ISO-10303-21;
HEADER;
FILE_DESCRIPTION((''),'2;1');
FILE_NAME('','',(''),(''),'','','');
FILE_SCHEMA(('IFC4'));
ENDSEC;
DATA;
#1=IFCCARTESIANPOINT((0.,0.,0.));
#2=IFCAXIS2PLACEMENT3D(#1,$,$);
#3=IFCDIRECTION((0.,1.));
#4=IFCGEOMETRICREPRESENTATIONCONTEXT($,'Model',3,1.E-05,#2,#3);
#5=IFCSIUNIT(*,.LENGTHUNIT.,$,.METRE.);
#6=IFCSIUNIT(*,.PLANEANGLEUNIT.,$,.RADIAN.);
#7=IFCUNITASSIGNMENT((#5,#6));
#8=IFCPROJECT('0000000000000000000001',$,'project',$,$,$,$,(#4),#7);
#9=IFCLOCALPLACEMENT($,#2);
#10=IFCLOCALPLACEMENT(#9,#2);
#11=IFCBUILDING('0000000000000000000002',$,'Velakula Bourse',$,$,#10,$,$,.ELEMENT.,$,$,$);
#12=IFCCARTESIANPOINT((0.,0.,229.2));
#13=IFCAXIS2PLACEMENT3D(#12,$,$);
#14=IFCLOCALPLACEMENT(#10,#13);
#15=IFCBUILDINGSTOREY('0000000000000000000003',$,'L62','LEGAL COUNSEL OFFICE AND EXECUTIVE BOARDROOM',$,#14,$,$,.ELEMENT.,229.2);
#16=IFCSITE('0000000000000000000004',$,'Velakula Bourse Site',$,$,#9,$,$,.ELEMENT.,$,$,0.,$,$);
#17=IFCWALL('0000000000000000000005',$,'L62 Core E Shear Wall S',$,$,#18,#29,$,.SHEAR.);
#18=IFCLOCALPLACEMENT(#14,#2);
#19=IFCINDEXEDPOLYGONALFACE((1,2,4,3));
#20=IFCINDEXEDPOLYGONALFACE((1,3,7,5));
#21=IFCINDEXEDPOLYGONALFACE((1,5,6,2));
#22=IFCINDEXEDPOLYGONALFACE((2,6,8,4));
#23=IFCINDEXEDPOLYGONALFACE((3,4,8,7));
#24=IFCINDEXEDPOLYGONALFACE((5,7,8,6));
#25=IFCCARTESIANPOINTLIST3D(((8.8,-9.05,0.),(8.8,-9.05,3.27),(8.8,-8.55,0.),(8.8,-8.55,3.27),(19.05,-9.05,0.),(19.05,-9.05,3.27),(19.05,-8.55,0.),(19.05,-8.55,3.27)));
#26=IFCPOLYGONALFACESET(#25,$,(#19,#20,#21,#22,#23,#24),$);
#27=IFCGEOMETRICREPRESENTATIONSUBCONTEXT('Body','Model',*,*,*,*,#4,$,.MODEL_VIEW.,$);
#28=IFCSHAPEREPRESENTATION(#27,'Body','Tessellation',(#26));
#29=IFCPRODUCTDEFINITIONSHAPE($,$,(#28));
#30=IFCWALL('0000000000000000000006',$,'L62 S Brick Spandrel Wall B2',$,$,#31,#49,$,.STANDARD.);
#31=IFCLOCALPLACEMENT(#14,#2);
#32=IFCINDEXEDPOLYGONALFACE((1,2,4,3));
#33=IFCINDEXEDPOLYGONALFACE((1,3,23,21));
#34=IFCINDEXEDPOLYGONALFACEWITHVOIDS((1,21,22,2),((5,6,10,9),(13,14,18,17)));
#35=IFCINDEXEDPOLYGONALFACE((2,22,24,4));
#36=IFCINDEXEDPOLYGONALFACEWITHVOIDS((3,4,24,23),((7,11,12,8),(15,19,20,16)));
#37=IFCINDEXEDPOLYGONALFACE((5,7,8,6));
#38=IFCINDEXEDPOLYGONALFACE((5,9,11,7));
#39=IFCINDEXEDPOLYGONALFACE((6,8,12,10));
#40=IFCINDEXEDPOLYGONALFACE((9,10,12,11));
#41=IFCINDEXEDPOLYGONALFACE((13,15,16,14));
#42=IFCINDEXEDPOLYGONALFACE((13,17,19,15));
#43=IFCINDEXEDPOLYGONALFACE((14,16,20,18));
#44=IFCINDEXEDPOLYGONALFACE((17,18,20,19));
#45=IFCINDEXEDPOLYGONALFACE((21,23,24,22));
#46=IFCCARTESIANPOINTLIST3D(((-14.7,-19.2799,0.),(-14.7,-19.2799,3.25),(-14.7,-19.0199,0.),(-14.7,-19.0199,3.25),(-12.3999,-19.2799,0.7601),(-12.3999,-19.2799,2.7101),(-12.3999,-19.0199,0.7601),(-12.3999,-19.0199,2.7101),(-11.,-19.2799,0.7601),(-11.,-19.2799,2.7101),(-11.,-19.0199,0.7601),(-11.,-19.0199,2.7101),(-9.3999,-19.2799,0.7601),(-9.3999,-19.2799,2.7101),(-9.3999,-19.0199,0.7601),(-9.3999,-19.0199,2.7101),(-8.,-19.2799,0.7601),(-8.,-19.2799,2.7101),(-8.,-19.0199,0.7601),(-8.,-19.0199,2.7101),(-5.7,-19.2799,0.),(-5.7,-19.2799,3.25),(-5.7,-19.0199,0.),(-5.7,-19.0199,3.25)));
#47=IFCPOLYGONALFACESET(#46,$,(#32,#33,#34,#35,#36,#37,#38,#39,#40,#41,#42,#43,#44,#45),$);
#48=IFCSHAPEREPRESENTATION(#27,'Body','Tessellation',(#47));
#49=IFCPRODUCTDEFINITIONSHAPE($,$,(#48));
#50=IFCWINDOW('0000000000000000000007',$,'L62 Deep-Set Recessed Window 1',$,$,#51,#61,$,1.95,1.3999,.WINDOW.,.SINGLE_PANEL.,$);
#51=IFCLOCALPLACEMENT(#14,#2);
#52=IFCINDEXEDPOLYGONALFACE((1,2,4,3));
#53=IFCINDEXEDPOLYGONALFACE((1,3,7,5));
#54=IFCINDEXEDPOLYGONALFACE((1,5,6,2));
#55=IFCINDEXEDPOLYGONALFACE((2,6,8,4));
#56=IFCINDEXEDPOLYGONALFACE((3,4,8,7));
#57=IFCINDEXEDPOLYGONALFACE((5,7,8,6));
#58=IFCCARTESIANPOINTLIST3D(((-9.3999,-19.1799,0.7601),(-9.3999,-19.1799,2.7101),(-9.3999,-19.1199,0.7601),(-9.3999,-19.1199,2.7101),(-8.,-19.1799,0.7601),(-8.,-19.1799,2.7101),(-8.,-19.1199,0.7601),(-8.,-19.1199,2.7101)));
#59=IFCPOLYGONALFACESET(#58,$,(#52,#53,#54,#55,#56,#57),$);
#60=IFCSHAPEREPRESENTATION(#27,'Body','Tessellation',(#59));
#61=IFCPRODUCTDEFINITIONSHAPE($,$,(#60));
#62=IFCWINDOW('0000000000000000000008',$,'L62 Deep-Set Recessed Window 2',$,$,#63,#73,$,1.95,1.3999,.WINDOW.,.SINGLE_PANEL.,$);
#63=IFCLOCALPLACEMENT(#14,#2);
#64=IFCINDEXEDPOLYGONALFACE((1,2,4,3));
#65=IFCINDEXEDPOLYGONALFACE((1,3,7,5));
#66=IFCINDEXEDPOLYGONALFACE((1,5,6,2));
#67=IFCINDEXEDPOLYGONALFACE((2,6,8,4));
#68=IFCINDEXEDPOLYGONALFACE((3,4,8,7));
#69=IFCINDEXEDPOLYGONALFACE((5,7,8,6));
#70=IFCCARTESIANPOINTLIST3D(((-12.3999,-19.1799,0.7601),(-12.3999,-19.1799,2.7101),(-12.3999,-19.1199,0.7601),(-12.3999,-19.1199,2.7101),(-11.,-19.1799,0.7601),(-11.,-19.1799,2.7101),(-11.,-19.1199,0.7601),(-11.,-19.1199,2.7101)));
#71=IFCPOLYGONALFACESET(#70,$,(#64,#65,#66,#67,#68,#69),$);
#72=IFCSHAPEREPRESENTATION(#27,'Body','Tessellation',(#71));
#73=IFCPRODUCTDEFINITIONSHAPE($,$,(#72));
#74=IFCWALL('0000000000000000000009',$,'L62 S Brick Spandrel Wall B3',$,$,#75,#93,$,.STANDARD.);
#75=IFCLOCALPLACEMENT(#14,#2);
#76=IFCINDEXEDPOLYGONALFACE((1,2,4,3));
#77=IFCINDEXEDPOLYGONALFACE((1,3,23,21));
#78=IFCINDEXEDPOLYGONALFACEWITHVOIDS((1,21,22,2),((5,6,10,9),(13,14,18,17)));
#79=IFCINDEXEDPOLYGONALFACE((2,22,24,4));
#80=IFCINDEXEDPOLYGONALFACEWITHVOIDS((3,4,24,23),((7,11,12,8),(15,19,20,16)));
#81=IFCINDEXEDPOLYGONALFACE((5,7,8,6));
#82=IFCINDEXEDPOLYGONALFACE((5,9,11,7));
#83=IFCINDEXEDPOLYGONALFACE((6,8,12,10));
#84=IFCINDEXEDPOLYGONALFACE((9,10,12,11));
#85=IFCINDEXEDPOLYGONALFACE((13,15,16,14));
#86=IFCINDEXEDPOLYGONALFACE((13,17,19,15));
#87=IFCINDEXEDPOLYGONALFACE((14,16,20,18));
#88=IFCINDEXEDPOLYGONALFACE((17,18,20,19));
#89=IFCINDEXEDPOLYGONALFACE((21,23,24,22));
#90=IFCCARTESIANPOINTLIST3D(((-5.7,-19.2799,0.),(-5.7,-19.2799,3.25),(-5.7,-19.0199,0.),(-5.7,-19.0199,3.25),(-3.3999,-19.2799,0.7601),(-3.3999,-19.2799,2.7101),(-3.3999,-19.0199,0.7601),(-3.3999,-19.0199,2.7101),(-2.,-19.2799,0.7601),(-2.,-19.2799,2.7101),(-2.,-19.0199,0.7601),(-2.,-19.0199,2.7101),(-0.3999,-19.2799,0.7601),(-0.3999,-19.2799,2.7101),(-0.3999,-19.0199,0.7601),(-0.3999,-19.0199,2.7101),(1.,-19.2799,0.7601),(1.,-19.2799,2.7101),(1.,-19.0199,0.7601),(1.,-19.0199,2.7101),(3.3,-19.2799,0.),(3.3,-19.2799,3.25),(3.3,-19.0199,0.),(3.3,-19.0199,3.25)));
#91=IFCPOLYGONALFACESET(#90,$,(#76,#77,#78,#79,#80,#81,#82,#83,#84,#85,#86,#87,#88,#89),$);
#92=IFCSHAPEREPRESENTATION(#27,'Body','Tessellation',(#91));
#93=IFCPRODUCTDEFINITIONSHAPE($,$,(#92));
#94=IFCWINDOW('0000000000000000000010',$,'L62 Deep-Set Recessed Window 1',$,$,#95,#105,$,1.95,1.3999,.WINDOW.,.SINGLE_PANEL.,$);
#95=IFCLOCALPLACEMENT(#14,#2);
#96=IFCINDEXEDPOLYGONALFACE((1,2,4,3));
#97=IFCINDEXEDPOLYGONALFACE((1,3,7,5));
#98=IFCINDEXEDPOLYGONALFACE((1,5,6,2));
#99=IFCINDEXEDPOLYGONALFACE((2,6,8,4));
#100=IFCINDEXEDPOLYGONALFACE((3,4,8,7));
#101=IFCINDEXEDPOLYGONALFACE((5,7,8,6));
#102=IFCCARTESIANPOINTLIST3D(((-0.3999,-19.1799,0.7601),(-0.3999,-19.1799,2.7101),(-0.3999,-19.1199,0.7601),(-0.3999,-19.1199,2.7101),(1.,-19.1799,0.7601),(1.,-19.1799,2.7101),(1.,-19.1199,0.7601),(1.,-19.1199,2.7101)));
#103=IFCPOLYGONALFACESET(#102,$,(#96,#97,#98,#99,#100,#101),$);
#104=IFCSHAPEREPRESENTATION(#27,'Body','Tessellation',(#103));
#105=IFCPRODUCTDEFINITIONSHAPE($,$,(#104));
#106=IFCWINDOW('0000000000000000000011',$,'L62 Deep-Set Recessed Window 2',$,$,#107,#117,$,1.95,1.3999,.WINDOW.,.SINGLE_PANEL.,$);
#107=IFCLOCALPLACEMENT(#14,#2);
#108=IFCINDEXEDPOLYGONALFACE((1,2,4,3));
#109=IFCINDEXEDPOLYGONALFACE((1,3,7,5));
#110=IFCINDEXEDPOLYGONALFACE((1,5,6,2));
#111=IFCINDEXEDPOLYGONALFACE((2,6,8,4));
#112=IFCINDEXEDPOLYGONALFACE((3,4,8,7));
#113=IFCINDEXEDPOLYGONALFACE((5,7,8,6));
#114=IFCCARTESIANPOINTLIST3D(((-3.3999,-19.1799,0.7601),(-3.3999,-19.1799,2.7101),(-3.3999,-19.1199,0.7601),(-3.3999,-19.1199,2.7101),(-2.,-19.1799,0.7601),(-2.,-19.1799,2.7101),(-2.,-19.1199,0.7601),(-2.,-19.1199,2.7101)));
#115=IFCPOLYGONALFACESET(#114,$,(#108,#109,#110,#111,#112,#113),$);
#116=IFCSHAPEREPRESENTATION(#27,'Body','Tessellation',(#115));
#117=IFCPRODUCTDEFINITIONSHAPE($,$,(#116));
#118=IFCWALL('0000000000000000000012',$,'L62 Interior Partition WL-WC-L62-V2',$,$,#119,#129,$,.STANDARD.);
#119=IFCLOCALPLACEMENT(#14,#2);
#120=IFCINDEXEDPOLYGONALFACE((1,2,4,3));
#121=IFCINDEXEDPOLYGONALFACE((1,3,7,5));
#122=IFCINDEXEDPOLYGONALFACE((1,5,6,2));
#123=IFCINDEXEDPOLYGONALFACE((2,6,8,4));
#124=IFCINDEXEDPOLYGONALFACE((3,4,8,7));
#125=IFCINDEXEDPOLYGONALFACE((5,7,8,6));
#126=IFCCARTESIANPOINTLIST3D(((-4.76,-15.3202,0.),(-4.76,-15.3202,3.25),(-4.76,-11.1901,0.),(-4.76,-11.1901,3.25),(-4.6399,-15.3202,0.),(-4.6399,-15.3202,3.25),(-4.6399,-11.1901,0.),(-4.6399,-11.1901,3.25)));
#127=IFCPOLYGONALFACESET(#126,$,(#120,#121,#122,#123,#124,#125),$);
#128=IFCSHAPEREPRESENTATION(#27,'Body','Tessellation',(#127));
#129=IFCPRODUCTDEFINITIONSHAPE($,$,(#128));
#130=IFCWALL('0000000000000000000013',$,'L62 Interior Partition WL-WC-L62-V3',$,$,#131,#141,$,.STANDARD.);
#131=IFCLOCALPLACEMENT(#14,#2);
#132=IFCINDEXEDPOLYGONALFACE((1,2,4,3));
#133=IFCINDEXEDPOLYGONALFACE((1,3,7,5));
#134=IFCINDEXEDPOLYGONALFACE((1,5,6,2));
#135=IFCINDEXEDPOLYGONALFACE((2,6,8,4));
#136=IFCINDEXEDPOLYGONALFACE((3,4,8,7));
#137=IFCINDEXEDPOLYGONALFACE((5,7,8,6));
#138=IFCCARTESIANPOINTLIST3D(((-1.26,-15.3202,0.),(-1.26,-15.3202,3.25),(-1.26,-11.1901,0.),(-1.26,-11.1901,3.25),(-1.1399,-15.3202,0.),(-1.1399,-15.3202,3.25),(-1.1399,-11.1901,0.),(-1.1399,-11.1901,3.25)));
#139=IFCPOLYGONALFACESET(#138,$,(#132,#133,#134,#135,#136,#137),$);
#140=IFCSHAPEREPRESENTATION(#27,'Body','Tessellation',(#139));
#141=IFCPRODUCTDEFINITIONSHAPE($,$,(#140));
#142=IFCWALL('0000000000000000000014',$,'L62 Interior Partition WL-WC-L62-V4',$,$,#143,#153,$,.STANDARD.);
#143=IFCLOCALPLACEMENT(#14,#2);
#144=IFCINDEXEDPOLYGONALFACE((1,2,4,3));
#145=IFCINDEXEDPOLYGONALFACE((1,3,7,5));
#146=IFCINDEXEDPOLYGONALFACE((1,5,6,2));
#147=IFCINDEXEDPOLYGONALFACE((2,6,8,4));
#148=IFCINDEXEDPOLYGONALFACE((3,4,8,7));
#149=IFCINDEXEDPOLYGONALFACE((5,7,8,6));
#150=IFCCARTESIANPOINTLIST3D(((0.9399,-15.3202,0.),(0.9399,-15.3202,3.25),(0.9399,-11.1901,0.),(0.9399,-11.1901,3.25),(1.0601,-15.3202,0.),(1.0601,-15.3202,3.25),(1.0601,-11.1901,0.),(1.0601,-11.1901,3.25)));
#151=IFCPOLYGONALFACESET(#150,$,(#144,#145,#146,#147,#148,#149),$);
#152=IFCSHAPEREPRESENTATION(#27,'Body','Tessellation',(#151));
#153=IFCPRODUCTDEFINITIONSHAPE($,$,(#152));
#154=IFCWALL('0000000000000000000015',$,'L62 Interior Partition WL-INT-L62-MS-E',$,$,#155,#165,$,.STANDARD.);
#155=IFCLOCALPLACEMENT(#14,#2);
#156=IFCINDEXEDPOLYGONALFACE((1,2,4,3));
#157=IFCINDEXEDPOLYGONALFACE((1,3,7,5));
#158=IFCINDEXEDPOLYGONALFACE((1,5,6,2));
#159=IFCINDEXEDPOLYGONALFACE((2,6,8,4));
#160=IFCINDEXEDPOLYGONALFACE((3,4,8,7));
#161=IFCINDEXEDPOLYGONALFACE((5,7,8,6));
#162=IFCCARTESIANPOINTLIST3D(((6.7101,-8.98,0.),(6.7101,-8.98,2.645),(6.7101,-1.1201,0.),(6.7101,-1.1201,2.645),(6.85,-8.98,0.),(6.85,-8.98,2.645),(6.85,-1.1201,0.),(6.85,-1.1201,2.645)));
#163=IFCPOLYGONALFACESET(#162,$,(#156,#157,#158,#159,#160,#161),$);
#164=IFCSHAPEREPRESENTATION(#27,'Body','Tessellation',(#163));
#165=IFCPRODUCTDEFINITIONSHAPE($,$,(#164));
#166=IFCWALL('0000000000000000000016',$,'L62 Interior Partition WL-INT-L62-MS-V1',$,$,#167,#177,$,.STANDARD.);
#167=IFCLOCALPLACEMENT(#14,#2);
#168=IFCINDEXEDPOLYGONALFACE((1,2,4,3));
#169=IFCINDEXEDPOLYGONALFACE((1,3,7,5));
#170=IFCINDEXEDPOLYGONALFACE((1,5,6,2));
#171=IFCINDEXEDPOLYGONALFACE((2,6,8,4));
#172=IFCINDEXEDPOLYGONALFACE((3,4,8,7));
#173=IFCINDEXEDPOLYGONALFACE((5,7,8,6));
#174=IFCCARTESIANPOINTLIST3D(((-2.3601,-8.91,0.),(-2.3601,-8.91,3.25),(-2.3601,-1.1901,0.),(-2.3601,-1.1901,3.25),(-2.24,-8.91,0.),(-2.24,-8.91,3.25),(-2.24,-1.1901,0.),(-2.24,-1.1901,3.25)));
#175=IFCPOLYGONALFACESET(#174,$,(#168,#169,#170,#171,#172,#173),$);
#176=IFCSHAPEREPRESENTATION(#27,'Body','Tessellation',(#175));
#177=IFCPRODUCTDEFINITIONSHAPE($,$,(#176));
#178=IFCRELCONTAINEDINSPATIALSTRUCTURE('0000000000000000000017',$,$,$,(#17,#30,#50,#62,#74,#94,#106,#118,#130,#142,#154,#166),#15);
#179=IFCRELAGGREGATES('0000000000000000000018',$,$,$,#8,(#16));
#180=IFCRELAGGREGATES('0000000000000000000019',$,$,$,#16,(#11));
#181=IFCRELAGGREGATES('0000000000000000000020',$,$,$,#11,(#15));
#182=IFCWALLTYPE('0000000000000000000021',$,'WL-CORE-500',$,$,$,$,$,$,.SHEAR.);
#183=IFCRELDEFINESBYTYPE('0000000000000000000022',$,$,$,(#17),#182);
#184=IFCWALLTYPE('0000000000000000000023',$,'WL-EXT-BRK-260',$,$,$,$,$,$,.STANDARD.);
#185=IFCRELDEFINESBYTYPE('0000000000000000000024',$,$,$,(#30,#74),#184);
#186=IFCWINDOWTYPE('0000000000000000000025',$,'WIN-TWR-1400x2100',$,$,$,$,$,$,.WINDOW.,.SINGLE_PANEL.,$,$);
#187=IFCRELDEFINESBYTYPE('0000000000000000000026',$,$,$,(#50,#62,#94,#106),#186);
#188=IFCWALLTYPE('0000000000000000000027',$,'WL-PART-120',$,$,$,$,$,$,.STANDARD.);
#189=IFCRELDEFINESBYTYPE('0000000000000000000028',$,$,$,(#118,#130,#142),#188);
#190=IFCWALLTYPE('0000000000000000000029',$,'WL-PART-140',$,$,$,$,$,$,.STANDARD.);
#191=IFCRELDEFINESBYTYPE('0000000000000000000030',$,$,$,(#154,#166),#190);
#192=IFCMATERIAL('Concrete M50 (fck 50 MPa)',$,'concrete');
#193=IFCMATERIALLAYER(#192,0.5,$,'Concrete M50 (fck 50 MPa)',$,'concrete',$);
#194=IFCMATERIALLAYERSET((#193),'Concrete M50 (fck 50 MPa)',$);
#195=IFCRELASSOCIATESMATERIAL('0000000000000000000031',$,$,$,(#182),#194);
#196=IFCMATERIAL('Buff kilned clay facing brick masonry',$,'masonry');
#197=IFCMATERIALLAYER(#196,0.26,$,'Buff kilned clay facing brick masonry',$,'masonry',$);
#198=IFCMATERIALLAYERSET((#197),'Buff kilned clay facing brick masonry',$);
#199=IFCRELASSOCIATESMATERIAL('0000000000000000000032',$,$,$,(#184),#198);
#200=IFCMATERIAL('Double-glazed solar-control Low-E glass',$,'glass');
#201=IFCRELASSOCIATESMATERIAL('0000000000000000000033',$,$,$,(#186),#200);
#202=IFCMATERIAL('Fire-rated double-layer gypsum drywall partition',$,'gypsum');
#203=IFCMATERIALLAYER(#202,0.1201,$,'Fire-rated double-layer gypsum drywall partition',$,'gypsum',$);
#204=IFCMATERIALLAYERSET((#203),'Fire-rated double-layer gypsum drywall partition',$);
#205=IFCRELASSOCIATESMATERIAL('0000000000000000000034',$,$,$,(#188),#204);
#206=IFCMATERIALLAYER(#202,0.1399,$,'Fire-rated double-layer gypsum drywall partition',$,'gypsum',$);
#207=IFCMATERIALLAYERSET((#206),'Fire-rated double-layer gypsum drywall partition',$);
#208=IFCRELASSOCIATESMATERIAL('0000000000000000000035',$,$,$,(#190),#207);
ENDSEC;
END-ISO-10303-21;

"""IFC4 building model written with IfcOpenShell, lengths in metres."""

from ifc_helpers import new_model, si_unit, direction, frame, frame_2d, origin, place, context, subcontext, project, spatial, rectangle, extrude, material, layer, layer_set, type_object, element, fill, save


model = new_model("IFC4")

# Units and contexts
model_context = context("Model", 3, precision=1e-05, world=origin(), true_north=direction((0.0, 1.0)))
body_context = subcontext(model_context, "Body", "Model", "MODEL_VIEW")
ifc_project = project(units=[si_unit("LENGTHUNIT", "METRE"), si_unit("PLANEANGLEUNIT", "RADIAN")], contexts=[model_context])

# Site, building, storey
site_placement = place(None, origin())
site = spatial("IfcSite", under=ifc_project, at=site_placement, Name="Velakula Bourse Site", CompositionType="ELEMENT", RefElevation=0.0)
building_placement = place(site_placement, origin())
building = spatial("IfcBuilding", under=site, at=building_placement, Name="Velakula Bourse", CompositionType="ELEMENT")
storey_placement = place(building_placement, frame((0.0, 0.0, 229.2)))
storey = spatial("IfcBuildingStorey", under=building, at=storey_placement, Name="L62", Description="LEGAL COUNSEL OFFICE AND EXECUTIVE BOARDROOM", CompositionType="ELEMENT", Elevation=229.2)

# Wall
ifc_material_1 = material(Name="Concrete M50 (fck 50 MPa)", Category="concrete")
ifc_layer_1 = layer(ifc_material_1, 0.5, Name="Concrete M50 (fck 50 MPa)", Category="concrete")
ifc_layer_set_1 = layer_set([ifc_layer_1], Name="Concrete M50 (fck 50 MPa)")
wall_type_1 = type_object("IfcWallType", Name="WL-CORE-500", PredefinedType="SHEAR", material=ifc_layer_set_1)
wall_1_placement = place(storey_placement, frame((8.8, -8.8, 0.0), z_axis=(0.0, 0.0, 1.0), x_axis=(1.0, 0.0, 0.0)))
element("IfcWall", 1, at=wall_1_placement, inside=storey, type_object=wall_type_1, Name="L62 Core E Shear Wall S", PredefinedType="SHEAR", context=body_context, shape_type="SweptSolid", body=[
    extrude(rectangle(XDim=10.25, YDim=0.5, at=frame_2d((5.125, 0.0))), origin(), (0.0, 0.0, 1.0), 3.27),
])

# Walls, openings, windows
ifc_material_2 = material(Name="Buff kilned clay facing brick masonry", Category="masonry")
ifc_layer_2 = layer(ifc_material_2, 0.26, Name="Buff kilned clay facing brick masonry", Category="masonry")
ifc_layer_set_2 = layer_set([ifc_layer_2], Name="Buff kilned clay facing brick masonry")
wall_type_2 = type_object("IfcWallType", Name="WL-EXT-BRK-260", PredefinedType="STANDARD", material=ifc_layer_set_2)
wall_2_placement = place(storey_placement, frame((-5.7, -19.1499, 0.0), z_axis=(0.0, 0.0, 1.0), x_axis=(-1.0, 0.0, 0.0)))
wall_2 = element("IfcWall", 2, at=wall_2_placement, inside=storey, type_object=wall_type_2, Name="L62 S Brick Spandrel Wall B2", PredefinedType="STANDARD", context=body_context, shape_type="SweptSolid", body=[
    extrude(rectangle(XDim=9.0, YDim=0.26, at=frame_2d((4.5, 0.0))), origin(), (0.0, 0.0, 1.0), 3.25),
])
opening_1_placement = place(wall_2_placement, frame((2.3, 0.0, 0.76)))
opening_1 = element("IfcOpeningElement", 3, at=opening_1_placement, cuts=wall_2, PredefinedType="OPENING", context=body_context, shape_type="SweptSolid", body=[
    extrude(rectangle(XDim=1.3999, YDim=1.95, at=frame_2d((0.7, 0.9751))), frame((0.0, 0.1399, 0.0), z_axis=(0.0, -1.0, 0.0), x_axis=(1.0, 0.0, 0.0)), (0.0, 0.0, 1.0), 0.28),
])
opening_2_placement = place(wall_2_placement, frame((5.3, 0.0, 0.76)))
opening_2 = element("IfcOpeningElement", 4, at=opening_2_placement, cuts=wall_2, PredefinedType="OPENING", context=body_context, shape_type="SweptSolid", body=[
    extrude(rectangle(XDim=1.3999, YDim=1.95, at=frame_2d((0.7, 0.9751))), frame((0.0, 0.1399, 0.0), z_axis=(0.0, -1.0, 0.0), x_axis=(1.0, 0.0, 0.0)), (0.0, 0.0, 1.0), 0.28),
])
ifc_material_3 = material(Name="Double-glazed solar-control Low-E glass", Category="glass")
window_type = type_object("IfcWindowType", Name="WIN-TWR-1400x2100", PartitioningType="SINGLE_PANEL", PredefinedType="WINDOW", material=ifc_material_3)
window_1_placement = place(opening_1_placement, origin())
window_1 = element("IfcWindow", 5, at=window_1_placement, inside=storey, type_object=window_type, Name="L62 Deep-Set Recessed Window 1", OverallHeight=1.95, OverallWidth=1.3999, PartitioningType="SINGLE_PANEL", PredefinedType="WINDOW", context=body_context, shape_type="SweptSolid", body=[
    extrude(rectangle(XDim=1.3999, YDim=1.95, at=frame_2d((0.7, 0.9751))), frame((0.0, 0.03, 0.0), z_axis=(0.0, -1.0, 0.0), x_axis=(1.0, 0.0, 0.0)), (0.0, 0.0, 1.0), 0.0601),
])
fill(opening_1, window_1)
window_2_placement = place(opening_2_placement, origin())
window_2 = element("IfcWindow", 6, at=window_2_placement, inside=storey, type_object=window_type, Name="L62 Deep-Set Recessed Window 2", OverallHeight=1.95, OverallWidth=1.3999, PartitioningType="SINGLE_PANEL", PredefinedType="WINDOW", context=body_context, shape_type="SweptSolid", body=[
    extrude(rectangle(XDim=1.3999, YDim=1.95, at=frame_2d((0.7, 0.9751))), frame((0.0, 0.03, 0.0), z_axis=(0.0, -1.0, 0.0), x_axis=(1.0, 0.0, 0.0)), (0.0, 0.0, 1.0), 0.0601),
])
fill(opening_2, window_2)
wall_3_placement = place(storey_placement, frame((3.3, -19.1499, 0.0), z_axis=(0.0, 0.0, 1.0), x_axis=(-1.0, 0.0, 0.0)))
wall_3 = element("IfcWall", 7, at=wall_3_placement, inside=storey, type_object=wall_type_2, Name="L62 S Brick Spandrel Wall B3", PredefinedType="STANDARD", context=body_context, shape_type="SweptSolid", body=[
    extrude(rectangle(XDim=9.0, YDim=0.26, at=frame_2d((4.5, 0.0))), origin(), (0.0, 0.0, 1.0), 3.25),
])
opening_3_placement = place(wall_3_placement, frame((2.3, 0.0, 0.76)))
opening_3 = element("IfcOpeningElement", 8, at=opening_3_placement, cuts=wall_3, PredefinedType="OPENING", context=body_context, shape_type="SweptSolid", body=[
    extrude(rectangle(XDim=1.3999, YDim=1.95, at=frame_2d((0.7, 0.9751))), frame((0.0, 0.1399, 0.0), z_axis=(0.0, -1.0, 0.0), x_axis=(1.0, 0.0, 0.0)), (0.0, 0.0, 1.0), 0.28),
])
opening_4_placement = place(wall_3_placement, frame((5.3, 0.0, 0.76)))
opening_4 = element("IfcOpeningElement", 9, at=opening_4_placement, cuts=wall_3, PredefinedType="OPENING", context=body_context, shape_type="SweptSolid", body=[
    extrude(rectangle(XDim=1.3999, YDim=1.95, at=frame_2d((0.7, 0.9751))), frame((0.0, 0.1399, 0.0), z_axis=(0.0, -1.0, 0.0), x_axis=(1.0, 0.0, 0.0)), (0.0, 0.0, 1.0), 0.28),
])
window_3_placement = place(opening_3_placement, origin())
window_3 = element("IfcWindow", 10, at=window_3_placement, inside=storey, type_object=window_type, Name="L62 Deep-Set Recessed Window 1", OverallHeight=1.95, OverallWidth=1.3999, PartitioningType="SINGLE_PANEL", PredefinedType="WINDOW", context=body_context, shape_type="SweptSolid", body=[
    extrude(rectangle(XDim=1.3999, YDim=1.95, at=frame_2d((0.7, 0.9751))), frame((0.0, 0.03, 0.0), z_axis=(0.0, -1.0, 0.0), x_axis=(1.0, 0.0, 0.0)), (0.0, 0.0, 1.0), 0.0601),
])
fill(opening_3, window_3)
window_4_placement = place(opening_4_placement, origin())
window_4 = element("IfcWindow", 11, at=window_4_placement, inside=storey, type_object=window_type, Name="L62 Deep-Set Recessed Window 2", OverallHeight=1.95, OverallWidth=1.3999, PartitioningType="SINGLE_PANEL", PredefinedType="WINDOW", context=body_context, shape_type="SweptSolid", body=[
    extrude(rectangle(XDim=1.3999, YDim=1.95, at=frame_2d((0.7, 0.9751))), frame((0.0, 0.03, 0.0), z_axis=(0.0, -1.0, 0.0), x_axis=(1.0, 0.0, 0.0)), (0.0, 0.0, 1.0), 0.0601),
])
fill(opening_4, window_4)

# Walls
ifc_material_4 = material(Name="Fire-rated double-layer gypsum drywall partition", Category="gypsum")
ifc_layer_3 = layer(ifc_material_4, 0.1201, Name="Fire-rated double-layer gypsum drywall partition", Category="gypsum")
ifc_layer_set_3 = layer_set([ifc_layer_3], Name="Fire-rated double-layer gypsum drywall partition")
wall_type_3 = type_object("IfcWallType", Name="WL-PART-120", PredefinedType="STANDARD", material=ifc_layer_set_3)
for number, where, z_axis, x_axis, name in (
    (12, (-4.7, -15.3201, 0.0), (0.0, 0.0, 1.0), (0.0, 1.0, 0.0), "L62 Interior Partition WL-WC-L62-V2"),
    (13, (-1.2, -15.3201, 0.0), (0.0, 0.0, 1.0), (0.0, 1.0, 0.0), "L62 Interior Partition WL-WC-L62-V3"),
    (14, (1.0, -15.3201, 0.0), (0.0, 0.0, 1.0), (0.0, 1.0, 0.0), "L62 Interior Partition WL-WC-L62-V4"),
):
    element("IfcWall", number, at=place(storey_placement, frame(where, z_axis=z_axis, x_axis=x_axis)), inside=storey, type_object=wall_type_3, Name=name, PredefinedType="STANDARD", context=body_context, shape_type="SweptSolid", body=[
        extrude(rectangle(XDim=4.1301, YDim=0.1201, at=frame_2d((2.0649, 0.0))), origin(), (0.0, 0.0, 1.0), 3.25),
    ])
ifc_layer_4 = layer(ifc_material_4, 0.1399, Name="Fire-rated double-layer gypsum drywall partition", Category="gypsum")
ifc_layer_set_4 = layer_set([ifc_layer_4], Name="Fire-rated double-layer gypsum drywall partition")
wall_type_4 = type_object("IfcWallType", Name="WL-PART-140", PredefinedType="STANDARD", material=ifc_layer_set_4)
wall_4_placement = place(storey_placement, frame((6.78, -8.98, 0.0), z_axis=(0.0, 0.0, 1.0), x_axis=(0.0, 1.0, 0.0)))
element("IfcWall", 15, at=wall_4_placement, inside=storey, type_object=wall_type_4, Name="L62 Interior Partition WL-INT-L62-MS-E", PredefinedType="STANDARD", context=body_context, shape_type="SweptSolid", body=[
    extrude(rectangle(XDim=7.8599, YDim=0.1399, at=frame_2d((3.9299, 0.0))), origin(), (0.0, 0.0, 1.0), 2.645),
])
for number, where, z_axis, x_axis, name in (
    (16, (-2.3, -8.9099, 0.0), (0.0, 0.0, 1.0), (0.0, 1.0, 0.0), "L62 Interior Partition WL-INT-L62-MS-V1"),
):
    element("IfcWall", number, at=place(storey_placement, frame(where, z_axis=z_axis, x_axis=x_axis)), inside=storey, type_object=wall_type_4, Name=name, PredefinedType="STANDARD", context=body_context, shape_type="SweptSolid", body=[
        extrude(rectangle(XDim=7.72, YDim=0.1201, at=frame_2d((3.8599, 0.0))), origin(), (0.0, 0.0, 1.0), 3.25),
    ])

save(model, "model.ifc")
